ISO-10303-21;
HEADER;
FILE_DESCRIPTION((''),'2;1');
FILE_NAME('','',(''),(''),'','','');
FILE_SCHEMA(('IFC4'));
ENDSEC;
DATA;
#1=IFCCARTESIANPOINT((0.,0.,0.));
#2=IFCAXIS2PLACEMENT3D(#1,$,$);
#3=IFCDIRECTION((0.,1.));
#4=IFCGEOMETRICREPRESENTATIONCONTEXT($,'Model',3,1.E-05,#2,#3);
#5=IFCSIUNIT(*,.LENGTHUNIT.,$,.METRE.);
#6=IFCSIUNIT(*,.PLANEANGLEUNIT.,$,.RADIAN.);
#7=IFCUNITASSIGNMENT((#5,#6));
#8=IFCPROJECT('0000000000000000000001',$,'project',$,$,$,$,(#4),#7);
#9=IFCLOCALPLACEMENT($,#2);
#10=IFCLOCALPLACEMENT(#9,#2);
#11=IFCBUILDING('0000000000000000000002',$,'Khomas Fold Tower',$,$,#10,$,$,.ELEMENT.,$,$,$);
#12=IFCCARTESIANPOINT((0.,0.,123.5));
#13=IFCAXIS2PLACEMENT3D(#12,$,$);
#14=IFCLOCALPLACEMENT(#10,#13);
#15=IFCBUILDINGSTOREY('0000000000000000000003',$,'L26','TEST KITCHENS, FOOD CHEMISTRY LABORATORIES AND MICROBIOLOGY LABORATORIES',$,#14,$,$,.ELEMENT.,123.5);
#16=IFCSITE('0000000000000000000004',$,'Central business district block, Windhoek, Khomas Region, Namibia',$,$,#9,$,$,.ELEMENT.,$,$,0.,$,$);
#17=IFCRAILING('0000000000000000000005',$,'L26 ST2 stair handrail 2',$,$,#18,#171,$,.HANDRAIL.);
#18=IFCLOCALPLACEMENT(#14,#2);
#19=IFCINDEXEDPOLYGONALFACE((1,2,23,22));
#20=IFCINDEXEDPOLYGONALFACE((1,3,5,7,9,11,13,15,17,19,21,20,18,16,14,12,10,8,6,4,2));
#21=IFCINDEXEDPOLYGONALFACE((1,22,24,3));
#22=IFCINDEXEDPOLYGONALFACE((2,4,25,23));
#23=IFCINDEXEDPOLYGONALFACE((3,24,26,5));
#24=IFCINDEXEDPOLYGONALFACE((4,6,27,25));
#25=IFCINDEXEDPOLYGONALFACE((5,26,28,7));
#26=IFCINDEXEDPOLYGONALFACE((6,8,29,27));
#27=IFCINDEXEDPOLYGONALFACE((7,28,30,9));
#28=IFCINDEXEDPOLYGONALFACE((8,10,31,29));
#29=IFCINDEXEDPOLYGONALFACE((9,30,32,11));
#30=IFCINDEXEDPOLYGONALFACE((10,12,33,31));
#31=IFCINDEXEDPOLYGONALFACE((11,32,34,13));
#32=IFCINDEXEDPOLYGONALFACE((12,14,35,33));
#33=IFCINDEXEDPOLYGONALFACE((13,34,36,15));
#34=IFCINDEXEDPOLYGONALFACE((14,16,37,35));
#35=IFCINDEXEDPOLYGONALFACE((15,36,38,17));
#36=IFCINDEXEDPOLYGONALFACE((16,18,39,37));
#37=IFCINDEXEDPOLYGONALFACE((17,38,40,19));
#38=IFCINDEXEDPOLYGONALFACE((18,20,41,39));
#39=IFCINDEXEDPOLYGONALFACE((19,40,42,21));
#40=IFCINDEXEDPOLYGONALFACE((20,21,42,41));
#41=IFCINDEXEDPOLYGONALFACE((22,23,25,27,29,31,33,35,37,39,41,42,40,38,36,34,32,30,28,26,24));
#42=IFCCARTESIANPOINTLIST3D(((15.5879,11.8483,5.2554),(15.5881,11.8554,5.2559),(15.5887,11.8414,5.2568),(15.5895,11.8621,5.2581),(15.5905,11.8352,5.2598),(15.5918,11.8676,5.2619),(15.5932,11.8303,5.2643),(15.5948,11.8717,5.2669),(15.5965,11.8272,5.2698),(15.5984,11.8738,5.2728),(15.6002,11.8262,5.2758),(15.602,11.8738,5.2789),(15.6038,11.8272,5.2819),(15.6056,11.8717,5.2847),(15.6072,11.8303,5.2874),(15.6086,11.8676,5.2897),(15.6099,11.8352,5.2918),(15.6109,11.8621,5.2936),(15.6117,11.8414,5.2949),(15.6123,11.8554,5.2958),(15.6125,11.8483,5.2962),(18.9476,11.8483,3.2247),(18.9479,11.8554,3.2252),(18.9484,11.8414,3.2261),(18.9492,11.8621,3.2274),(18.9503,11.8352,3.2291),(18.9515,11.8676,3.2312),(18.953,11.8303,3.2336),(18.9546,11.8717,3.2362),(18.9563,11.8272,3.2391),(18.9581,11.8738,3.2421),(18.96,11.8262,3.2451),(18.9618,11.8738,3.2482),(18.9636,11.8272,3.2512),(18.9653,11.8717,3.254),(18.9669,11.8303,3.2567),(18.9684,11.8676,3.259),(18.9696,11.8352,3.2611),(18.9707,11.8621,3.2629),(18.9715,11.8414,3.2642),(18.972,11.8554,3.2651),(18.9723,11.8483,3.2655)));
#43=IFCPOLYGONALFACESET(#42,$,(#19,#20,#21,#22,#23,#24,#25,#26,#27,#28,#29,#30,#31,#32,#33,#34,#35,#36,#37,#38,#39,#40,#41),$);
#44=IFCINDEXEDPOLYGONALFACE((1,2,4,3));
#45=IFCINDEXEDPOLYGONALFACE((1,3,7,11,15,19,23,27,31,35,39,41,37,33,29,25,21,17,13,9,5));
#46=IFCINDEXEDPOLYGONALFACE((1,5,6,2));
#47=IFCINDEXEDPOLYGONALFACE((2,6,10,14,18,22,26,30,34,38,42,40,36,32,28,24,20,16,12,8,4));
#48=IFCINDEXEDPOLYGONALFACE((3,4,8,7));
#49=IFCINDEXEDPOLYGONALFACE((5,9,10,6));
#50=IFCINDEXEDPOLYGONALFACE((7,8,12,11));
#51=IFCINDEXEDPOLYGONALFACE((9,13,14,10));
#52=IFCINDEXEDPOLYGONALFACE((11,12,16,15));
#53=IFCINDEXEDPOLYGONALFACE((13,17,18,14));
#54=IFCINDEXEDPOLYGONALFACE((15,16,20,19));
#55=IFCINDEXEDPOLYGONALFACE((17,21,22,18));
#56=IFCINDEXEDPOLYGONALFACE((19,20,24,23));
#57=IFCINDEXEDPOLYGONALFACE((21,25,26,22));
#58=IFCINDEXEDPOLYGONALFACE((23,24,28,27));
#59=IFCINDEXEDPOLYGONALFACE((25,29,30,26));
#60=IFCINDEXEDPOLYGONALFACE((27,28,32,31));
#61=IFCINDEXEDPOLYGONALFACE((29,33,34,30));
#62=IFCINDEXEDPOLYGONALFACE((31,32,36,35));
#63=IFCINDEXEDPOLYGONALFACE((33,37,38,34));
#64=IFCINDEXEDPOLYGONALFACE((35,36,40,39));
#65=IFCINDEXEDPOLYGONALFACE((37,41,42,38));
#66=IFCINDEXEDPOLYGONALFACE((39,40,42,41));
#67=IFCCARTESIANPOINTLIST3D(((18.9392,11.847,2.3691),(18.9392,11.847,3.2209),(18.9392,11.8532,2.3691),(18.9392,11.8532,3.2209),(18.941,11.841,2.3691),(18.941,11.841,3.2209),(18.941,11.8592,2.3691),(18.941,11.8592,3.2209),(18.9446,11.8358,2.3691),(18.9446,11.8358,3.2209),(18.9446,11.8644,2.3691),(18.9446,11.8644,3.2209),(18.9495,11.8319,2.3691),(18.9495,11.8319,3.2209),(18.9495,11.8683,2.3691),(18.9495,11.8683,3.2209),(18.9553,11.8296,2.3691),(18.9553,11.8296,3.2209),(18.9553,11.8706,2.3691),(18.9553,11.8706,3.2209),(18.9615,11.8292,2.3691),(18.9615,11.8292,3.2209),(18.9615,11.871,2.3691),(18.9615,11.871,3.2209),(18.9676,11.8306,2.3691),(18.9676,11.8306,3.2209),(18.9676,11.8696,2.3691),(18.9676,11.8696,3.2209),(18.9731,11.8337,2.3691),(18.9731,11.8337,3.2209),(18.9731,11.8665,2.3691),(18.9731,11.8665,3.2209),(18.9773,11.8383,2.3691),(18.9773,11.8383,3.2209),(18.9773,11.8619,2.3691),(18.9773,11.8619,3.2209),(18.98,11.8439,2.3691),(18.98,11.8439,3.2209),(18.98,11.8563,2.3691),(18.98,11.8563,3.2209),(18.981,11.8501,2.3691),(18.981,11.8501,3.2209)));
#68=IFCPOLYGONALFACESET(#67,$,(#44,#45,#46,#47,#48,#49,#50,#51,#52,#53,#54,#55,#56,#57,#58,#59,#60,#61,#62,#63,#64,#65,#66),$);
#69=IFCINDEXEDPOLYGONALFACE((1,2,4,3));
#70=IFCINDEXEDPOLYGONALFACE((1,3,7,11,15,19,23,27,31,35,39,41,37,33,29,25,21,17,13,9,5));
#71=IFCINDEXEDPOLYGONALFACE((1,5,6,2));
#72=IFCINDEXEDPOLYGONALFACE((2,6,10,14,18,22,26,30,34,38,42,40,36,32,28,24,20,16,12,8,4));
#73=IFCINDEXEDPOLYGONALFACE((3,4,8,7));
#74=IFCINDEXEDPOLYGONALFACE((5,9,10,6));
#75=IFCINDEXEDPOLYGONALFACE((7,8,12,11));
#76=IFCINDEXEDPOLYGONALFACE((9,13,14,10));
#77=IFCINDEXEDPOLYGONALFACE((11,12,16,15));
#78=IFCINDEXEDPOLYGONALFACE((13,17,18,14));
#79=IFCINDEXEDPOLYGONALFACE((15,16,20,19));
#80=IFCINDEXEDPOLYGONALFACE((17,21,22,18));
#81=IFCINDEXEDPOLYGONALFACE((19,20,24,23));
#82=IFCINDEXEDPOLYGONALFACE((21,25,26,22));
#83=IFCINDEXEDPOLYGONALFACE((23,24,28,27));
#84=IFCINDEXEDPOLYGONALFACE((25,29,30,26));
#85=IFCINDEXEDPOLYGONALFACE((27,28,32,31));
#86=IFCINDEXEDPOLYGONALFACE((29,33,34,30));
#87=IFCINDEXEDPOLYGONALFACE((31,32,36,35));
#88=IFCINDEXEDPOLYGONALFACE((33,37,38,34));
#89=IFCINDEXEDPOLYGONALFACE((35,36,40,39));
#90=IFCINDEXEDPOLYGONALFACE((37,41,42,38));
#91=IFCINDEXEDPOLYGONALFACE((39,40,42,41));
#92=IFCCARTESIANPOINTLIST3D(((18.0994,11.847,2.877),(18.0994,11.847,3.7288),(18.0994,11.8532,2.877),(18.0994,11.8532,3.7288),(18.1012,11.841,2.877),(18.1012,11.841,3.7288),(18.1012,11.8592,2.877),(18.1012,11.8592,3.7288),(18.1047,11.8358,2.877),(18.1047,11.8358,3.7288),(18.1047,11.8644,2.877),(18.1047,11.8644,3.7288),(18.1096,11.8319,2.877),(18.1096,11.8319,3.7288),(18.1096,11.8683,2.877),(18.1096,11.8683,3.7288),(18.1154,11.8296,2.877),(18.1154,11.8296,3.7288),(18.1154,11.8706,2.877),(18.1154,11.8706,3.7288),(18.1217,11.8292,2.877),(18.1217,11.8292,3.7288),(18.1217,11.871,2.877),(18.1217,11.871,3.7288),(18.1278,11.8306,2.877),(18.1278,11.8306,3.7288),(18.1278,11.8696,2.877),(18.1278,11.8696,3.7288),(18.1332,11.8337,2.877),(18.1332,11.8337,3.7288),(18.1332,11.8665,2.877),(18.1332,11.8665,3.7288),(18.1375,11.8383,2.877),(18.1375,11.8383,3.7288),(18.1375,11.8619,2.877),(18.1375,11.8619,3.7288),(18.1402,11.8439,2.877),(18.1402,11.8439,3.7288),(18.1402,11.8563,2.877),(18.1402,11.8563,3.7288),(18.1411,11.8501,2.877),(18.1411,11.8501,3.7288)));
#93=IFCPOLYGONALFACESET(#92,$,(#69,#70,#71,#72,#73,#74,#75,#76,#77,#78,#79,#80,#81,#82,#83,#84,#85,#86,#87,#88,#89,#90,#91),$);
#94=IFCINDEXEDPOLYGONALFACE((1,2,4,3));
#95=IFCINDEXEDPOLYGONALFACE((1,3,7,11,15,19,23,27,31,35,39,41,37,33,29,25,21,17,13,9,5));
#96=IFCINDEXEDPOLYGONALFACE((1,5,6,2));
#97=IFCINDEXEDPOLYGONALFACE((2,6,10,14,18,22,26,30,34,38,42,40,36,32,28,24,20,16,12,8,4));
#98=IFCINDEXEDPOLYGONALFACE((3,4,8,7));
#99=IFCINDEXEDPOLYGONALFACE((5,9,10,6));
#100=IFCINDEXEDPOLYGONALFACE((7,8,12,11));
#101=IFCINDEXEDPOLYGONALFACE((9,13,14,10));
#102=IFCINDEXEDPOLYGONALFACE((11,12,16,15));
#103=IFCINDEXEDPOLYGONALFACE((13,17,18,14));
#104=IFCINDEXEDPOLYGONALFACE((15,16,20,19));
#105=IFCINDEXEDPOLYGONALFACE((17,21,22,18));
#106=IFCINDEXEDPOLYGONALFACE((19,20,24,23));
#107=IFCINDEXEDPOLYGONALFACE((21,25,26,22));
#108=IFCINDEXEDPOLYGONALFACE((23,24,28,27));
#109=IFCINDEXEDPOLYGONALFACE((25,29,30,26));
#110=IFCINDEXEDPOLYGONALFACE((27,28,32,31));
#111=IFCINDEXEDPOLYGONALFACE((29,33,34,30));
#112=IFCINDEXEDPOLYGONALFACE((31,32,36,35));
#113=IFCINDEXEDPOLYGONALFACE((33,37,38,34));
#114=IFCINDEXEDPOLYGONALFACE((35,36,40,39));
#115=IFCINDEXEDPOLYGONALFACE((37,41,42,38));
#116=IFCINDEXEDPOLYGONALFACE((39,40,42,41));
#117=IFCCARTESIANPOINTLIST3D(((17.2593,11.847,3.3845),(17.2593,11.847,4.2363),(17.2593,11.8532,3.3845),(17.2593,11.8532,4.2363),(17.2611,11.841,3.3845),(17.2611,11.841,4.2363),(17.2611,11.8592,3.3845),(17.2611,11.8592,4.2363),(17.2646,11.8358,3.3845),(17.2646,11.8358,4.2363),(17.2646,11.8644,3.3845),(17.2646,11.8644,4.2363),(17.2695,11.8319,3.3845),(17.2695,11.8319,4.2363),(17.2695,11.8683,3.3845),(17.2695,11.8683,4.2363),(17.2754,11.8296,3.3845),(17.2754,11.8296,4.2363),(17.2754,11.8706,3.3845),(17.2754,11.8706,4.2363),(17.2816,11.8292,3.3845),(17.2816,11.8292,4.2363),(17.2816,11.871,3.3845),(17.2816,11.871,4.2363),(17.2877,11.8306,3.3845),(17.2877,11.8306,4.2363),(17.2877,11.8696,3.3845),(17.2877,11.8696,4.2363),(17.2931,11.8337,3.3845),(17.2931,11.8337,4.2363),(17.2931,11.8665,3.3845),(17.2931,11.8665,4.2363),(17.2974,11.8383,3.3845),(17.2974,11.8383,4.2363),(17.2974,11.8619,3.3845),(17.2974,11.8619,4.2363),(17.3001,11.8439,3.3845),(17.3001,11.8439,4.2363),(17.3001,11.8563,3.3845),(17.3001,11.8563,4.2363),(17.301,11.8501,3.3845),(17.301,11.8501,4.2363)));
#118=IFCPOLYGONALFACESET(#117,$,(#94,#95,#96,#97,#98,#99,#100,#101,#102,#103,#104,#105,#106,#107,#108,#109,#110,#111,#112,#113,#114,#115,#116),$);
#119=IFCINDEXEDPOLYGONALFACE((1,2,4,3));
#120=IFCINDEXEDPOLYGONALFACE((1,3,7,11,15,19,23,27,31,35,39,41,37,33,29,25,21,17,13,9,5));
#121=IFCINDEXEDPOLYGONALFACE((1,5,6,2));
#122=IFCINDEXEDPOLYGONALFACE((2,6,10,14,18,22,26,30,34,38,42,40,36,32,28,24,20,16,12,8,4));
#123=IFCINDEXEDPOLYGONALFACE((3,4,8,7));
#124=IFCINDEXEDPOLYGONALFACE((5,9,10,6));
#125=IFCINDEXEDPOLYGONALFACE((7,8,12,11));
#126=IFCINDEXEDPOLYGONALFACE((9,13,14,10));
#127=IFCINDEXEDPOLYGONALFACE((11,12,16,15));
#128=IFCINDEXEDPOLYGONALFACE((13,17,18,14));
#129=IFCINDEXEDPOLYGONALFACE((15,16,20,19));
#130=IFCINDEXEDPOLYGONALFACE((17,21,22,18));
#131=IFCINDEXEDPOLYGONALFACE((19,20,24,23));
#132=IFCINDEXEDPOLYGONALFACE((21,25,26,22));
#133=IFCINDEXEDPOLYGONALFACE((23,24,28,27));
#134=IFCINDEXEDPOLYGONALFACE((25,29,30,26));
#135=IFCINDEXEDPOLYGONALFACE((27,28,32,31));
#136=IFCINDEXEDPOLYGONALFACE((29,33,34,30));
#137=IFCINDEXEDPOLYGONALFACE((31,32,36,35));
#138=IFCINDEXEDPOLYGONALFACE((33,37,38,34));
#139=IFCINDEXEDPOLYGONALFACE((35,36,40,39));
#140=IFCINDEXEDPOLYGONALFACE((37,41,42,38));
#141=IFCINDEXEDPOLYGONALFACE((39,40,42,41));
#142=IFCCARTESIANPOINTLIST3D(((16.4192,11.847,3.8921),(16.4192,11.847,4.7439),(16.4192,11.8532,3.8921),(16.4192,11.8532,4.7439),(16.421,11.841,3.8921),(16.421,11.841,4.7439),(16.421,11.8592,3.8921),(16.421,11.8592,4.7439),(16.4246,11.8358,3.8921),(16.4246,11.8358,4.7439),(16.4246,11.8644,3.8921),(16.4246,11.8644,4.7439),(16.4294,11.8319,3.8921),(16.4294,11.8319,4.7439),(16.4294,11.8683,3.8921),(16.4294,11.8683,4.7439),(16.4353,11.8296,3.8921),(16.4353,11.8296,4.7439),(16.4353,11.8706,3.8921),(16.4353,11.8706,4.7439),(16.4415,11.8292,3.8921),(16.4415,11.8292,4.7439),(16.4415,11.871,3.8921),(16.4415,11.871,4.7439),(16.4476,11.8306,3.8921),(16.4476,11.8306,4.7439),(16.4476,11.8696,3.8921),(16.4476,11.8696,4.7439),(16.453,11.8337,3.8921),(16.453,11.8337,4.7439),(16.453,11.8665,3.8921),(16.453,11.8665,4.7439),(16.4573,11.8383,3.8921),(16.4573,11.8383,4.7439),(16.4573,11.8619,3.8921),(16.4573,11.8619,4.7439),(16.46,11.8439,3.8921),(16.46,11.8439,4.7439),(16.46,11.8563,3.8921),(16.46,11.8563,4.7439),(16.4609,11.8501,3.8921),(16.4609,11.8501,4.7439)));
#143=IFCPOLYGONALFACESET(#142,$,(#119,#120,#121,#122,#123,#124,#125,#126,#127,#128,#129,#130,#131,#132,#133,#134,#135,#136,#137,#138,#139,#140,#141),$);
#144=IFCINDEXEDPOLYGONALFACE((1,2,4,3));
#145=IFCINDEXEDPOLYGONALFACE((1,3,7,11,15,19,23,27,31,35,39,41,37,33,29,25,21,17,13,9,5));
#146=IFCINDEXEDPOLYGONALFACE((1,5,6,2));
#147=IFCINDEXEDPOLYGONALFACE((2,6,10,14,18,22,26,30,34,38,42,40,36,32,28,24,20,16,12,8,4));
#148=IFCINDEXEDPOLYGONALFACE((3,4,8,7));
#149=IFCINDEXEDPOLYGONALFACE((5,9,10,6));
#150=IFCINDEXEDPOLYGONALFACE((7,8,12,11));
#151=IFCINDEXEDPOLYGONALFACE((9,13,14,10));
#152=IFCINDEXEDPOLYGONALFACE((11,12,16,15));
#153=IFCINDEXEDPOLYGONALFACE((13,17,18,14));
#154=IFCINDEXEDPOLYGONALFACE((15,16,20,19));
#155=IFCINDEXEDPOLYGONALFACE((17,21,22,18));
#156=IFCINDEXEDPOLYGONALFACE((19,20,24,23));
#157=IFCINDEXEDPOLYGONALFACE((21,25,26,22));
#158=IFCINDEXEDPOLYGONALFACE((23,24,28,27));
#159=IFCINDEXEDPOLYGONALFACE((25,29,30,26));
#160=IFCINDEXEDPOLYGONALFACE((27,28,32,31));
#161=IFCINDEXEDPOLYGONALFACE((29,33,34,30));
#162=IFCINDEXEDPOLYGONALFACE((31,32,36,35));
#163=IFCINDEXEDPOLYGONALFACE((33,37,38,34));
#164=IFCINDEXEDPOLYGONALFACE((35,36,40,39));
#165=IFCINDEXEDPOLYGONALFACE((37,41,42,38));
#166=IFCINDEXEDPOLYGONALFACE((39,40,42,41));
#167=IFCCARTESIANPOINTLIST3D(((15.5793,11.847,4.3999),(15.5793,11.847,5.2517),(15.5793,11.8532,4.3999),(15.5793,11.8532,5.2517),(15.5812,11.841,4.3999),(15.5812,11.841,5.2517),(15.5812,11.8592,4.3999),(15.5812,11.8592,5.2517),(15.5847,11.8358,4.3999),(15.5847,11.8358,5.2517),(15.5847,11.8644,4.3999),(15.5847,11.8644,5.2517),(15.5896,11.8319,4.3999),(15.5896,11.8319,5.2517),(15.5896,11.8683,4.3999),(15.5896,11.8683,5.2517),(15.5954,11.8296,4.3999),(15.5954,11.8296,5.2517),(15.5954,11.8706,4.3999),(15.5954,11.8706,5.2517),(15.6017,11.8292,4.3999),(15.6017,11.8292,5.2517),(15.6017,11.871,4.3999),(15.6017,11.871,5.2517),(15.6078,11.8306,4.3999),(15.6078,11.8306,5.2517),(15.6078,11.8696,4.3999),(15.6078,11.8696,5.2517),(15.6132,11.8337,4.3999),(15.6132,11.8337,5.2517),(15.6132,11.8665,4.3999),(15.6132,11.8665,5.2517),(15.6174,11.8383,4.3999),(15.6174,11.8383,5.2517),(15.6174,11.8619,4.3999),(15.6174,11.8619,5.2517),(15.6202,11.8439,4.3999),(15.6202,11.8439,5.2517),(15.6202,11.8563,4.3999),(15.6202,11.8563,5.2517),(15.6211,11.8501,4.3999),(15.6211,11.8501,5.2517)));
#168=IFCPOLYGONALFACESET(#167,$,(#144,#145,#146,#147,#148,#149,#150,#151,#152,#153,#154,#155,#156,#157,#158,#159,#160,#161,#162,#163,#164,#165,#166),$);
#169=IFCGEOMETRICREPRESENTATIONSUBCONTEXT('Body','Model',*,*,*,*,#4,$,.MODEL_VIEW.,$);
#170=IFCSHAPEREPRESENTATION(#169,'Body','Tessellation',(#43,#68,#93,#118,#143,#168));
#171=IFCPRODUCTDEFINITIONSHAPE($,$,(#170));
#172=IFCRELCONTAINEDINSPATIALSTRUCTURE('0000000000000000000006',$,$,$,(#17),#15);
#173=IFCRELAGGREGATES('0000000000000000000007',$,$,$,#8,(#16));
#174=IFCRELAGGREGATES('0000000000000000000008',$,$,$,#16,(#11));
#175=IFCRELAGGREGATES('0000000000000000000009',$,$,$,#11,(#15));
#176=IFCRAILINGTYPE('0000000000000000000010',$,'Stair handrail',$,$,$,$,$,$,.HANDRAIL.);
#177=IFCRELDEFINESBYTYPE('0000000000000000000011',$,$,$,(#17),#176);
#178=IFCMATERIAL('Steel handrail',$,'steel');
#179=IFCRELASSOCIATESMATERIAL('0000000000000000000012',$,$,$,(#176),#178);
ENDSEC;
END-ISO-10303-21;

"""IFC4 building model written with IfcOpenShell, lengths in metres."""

from ifc_helpers import new_model, si_unit, direction, frame, origin, origin_2d, place, context, subcontext, project, spatial, circle, extrude, source, transform, mapped, material, type_object, element, save


model = new_model("IFC4")

# Units and contexts
model_context = context("Model", 3, precision=1e-05, world=origin(), true_north=direction((0.0, 1.0)))
body_context = subcontext(model_context, "Body", "Model", "MODEL_VIEW")
ifc_project = project(units=[si_unit("LENGTHUNIT", "METRE"), si_unit("PLANEANGLEUNIT", "RADIAN")], contexts=[model_context])

# Site, building, storey
site_placement = place(None, origin())
site = spatial("IfcSite", under=ifc_project, at=site_placement, Name="Central business district block, Windhoek, Khomas Region, Namibia", CompositionType="ELEMENT", RefElevation=0.0)
building_placement = place(site_placement, origin())
building = spatial("IfcBuilding", under=site, at=building_placement, Name="Khomas Fold Tower", CompositionType="ELEMENT")
storey_placement = place(building_placement, frame((0.0, 0.0, 123.5)))
storey = spatial("IfcBuildingStorey", under=building, at=storey_placement, Name="L26", Description="TEST KITCHENS, FOOD CHEMISTRY LABORATORIES AND MICROBIOLOGY LABORATORIES", CompositionType="ELEMENT", Elevation=123.5)

# Railing
ifc_material_1 = material(Name="Steel handrail", Category="steel")
railing_type_1 = type_object("IfcRailingType", Name="Stair handrail", PredefinedType="HANDRAIL", material=ifc_material_1)
shared_shape_1 = source(origin(), body_context, "Body", "SweptSolid", [
    extrude(circle(Radius=0.0239, at=origin_2d()), frame((0.0, 0.0, 0.876), z_axis=(-0.85582, 0.0, 0.517273), x_axis=(0.0, -1.0, 0.0)), (0.0, 0.0, 1.0), 3.9258),
    extrude(circle(Radius=0.021, at=origin_2d()), origin(), (0.0, 0.0, 1.0), 0.8518),
    extrude(circle(Radius=0.021, at=origin_2d()), frame((-0.8398, 0.0, 0.5078)), (0.0, 0.0, 1.0), 0.8518),
    extrude(circle(Radius=0.021, at=origin_2d()), frame((-1.6799, 0.0, 1.0154)), (0.0, 0.0, 1.0), 0.8518),
    extrude(circle(Radius=0.021, at=origin_2d()), frame((-2.52, 0.0, 1.5229)), (0.0, 0.0, 1.0), 0.8518),
    extrude(circle(Radius=0.021, at=origin_2d()), frame((-3.3599, 0.0, 2.0308)), (0.0, 0.0, 1.0), 0.8518),
])
railing_1_placement = place(storey_placement, frame((18.96, 11.8501, 2.3691)))
element("IfcRailing", 1, at=railing_1_placement, inside=storey, type_object=railing_type_1, Name="L26 ST2 stair handrail 2", PredefinedType="HANDRAIL", context=body_context, shape_type="MappedRepresentation", body=[
    mapped(shared_shape_1, transform((0.0, 0.0, 0.0))),
])

save(model, "model.ifc")
